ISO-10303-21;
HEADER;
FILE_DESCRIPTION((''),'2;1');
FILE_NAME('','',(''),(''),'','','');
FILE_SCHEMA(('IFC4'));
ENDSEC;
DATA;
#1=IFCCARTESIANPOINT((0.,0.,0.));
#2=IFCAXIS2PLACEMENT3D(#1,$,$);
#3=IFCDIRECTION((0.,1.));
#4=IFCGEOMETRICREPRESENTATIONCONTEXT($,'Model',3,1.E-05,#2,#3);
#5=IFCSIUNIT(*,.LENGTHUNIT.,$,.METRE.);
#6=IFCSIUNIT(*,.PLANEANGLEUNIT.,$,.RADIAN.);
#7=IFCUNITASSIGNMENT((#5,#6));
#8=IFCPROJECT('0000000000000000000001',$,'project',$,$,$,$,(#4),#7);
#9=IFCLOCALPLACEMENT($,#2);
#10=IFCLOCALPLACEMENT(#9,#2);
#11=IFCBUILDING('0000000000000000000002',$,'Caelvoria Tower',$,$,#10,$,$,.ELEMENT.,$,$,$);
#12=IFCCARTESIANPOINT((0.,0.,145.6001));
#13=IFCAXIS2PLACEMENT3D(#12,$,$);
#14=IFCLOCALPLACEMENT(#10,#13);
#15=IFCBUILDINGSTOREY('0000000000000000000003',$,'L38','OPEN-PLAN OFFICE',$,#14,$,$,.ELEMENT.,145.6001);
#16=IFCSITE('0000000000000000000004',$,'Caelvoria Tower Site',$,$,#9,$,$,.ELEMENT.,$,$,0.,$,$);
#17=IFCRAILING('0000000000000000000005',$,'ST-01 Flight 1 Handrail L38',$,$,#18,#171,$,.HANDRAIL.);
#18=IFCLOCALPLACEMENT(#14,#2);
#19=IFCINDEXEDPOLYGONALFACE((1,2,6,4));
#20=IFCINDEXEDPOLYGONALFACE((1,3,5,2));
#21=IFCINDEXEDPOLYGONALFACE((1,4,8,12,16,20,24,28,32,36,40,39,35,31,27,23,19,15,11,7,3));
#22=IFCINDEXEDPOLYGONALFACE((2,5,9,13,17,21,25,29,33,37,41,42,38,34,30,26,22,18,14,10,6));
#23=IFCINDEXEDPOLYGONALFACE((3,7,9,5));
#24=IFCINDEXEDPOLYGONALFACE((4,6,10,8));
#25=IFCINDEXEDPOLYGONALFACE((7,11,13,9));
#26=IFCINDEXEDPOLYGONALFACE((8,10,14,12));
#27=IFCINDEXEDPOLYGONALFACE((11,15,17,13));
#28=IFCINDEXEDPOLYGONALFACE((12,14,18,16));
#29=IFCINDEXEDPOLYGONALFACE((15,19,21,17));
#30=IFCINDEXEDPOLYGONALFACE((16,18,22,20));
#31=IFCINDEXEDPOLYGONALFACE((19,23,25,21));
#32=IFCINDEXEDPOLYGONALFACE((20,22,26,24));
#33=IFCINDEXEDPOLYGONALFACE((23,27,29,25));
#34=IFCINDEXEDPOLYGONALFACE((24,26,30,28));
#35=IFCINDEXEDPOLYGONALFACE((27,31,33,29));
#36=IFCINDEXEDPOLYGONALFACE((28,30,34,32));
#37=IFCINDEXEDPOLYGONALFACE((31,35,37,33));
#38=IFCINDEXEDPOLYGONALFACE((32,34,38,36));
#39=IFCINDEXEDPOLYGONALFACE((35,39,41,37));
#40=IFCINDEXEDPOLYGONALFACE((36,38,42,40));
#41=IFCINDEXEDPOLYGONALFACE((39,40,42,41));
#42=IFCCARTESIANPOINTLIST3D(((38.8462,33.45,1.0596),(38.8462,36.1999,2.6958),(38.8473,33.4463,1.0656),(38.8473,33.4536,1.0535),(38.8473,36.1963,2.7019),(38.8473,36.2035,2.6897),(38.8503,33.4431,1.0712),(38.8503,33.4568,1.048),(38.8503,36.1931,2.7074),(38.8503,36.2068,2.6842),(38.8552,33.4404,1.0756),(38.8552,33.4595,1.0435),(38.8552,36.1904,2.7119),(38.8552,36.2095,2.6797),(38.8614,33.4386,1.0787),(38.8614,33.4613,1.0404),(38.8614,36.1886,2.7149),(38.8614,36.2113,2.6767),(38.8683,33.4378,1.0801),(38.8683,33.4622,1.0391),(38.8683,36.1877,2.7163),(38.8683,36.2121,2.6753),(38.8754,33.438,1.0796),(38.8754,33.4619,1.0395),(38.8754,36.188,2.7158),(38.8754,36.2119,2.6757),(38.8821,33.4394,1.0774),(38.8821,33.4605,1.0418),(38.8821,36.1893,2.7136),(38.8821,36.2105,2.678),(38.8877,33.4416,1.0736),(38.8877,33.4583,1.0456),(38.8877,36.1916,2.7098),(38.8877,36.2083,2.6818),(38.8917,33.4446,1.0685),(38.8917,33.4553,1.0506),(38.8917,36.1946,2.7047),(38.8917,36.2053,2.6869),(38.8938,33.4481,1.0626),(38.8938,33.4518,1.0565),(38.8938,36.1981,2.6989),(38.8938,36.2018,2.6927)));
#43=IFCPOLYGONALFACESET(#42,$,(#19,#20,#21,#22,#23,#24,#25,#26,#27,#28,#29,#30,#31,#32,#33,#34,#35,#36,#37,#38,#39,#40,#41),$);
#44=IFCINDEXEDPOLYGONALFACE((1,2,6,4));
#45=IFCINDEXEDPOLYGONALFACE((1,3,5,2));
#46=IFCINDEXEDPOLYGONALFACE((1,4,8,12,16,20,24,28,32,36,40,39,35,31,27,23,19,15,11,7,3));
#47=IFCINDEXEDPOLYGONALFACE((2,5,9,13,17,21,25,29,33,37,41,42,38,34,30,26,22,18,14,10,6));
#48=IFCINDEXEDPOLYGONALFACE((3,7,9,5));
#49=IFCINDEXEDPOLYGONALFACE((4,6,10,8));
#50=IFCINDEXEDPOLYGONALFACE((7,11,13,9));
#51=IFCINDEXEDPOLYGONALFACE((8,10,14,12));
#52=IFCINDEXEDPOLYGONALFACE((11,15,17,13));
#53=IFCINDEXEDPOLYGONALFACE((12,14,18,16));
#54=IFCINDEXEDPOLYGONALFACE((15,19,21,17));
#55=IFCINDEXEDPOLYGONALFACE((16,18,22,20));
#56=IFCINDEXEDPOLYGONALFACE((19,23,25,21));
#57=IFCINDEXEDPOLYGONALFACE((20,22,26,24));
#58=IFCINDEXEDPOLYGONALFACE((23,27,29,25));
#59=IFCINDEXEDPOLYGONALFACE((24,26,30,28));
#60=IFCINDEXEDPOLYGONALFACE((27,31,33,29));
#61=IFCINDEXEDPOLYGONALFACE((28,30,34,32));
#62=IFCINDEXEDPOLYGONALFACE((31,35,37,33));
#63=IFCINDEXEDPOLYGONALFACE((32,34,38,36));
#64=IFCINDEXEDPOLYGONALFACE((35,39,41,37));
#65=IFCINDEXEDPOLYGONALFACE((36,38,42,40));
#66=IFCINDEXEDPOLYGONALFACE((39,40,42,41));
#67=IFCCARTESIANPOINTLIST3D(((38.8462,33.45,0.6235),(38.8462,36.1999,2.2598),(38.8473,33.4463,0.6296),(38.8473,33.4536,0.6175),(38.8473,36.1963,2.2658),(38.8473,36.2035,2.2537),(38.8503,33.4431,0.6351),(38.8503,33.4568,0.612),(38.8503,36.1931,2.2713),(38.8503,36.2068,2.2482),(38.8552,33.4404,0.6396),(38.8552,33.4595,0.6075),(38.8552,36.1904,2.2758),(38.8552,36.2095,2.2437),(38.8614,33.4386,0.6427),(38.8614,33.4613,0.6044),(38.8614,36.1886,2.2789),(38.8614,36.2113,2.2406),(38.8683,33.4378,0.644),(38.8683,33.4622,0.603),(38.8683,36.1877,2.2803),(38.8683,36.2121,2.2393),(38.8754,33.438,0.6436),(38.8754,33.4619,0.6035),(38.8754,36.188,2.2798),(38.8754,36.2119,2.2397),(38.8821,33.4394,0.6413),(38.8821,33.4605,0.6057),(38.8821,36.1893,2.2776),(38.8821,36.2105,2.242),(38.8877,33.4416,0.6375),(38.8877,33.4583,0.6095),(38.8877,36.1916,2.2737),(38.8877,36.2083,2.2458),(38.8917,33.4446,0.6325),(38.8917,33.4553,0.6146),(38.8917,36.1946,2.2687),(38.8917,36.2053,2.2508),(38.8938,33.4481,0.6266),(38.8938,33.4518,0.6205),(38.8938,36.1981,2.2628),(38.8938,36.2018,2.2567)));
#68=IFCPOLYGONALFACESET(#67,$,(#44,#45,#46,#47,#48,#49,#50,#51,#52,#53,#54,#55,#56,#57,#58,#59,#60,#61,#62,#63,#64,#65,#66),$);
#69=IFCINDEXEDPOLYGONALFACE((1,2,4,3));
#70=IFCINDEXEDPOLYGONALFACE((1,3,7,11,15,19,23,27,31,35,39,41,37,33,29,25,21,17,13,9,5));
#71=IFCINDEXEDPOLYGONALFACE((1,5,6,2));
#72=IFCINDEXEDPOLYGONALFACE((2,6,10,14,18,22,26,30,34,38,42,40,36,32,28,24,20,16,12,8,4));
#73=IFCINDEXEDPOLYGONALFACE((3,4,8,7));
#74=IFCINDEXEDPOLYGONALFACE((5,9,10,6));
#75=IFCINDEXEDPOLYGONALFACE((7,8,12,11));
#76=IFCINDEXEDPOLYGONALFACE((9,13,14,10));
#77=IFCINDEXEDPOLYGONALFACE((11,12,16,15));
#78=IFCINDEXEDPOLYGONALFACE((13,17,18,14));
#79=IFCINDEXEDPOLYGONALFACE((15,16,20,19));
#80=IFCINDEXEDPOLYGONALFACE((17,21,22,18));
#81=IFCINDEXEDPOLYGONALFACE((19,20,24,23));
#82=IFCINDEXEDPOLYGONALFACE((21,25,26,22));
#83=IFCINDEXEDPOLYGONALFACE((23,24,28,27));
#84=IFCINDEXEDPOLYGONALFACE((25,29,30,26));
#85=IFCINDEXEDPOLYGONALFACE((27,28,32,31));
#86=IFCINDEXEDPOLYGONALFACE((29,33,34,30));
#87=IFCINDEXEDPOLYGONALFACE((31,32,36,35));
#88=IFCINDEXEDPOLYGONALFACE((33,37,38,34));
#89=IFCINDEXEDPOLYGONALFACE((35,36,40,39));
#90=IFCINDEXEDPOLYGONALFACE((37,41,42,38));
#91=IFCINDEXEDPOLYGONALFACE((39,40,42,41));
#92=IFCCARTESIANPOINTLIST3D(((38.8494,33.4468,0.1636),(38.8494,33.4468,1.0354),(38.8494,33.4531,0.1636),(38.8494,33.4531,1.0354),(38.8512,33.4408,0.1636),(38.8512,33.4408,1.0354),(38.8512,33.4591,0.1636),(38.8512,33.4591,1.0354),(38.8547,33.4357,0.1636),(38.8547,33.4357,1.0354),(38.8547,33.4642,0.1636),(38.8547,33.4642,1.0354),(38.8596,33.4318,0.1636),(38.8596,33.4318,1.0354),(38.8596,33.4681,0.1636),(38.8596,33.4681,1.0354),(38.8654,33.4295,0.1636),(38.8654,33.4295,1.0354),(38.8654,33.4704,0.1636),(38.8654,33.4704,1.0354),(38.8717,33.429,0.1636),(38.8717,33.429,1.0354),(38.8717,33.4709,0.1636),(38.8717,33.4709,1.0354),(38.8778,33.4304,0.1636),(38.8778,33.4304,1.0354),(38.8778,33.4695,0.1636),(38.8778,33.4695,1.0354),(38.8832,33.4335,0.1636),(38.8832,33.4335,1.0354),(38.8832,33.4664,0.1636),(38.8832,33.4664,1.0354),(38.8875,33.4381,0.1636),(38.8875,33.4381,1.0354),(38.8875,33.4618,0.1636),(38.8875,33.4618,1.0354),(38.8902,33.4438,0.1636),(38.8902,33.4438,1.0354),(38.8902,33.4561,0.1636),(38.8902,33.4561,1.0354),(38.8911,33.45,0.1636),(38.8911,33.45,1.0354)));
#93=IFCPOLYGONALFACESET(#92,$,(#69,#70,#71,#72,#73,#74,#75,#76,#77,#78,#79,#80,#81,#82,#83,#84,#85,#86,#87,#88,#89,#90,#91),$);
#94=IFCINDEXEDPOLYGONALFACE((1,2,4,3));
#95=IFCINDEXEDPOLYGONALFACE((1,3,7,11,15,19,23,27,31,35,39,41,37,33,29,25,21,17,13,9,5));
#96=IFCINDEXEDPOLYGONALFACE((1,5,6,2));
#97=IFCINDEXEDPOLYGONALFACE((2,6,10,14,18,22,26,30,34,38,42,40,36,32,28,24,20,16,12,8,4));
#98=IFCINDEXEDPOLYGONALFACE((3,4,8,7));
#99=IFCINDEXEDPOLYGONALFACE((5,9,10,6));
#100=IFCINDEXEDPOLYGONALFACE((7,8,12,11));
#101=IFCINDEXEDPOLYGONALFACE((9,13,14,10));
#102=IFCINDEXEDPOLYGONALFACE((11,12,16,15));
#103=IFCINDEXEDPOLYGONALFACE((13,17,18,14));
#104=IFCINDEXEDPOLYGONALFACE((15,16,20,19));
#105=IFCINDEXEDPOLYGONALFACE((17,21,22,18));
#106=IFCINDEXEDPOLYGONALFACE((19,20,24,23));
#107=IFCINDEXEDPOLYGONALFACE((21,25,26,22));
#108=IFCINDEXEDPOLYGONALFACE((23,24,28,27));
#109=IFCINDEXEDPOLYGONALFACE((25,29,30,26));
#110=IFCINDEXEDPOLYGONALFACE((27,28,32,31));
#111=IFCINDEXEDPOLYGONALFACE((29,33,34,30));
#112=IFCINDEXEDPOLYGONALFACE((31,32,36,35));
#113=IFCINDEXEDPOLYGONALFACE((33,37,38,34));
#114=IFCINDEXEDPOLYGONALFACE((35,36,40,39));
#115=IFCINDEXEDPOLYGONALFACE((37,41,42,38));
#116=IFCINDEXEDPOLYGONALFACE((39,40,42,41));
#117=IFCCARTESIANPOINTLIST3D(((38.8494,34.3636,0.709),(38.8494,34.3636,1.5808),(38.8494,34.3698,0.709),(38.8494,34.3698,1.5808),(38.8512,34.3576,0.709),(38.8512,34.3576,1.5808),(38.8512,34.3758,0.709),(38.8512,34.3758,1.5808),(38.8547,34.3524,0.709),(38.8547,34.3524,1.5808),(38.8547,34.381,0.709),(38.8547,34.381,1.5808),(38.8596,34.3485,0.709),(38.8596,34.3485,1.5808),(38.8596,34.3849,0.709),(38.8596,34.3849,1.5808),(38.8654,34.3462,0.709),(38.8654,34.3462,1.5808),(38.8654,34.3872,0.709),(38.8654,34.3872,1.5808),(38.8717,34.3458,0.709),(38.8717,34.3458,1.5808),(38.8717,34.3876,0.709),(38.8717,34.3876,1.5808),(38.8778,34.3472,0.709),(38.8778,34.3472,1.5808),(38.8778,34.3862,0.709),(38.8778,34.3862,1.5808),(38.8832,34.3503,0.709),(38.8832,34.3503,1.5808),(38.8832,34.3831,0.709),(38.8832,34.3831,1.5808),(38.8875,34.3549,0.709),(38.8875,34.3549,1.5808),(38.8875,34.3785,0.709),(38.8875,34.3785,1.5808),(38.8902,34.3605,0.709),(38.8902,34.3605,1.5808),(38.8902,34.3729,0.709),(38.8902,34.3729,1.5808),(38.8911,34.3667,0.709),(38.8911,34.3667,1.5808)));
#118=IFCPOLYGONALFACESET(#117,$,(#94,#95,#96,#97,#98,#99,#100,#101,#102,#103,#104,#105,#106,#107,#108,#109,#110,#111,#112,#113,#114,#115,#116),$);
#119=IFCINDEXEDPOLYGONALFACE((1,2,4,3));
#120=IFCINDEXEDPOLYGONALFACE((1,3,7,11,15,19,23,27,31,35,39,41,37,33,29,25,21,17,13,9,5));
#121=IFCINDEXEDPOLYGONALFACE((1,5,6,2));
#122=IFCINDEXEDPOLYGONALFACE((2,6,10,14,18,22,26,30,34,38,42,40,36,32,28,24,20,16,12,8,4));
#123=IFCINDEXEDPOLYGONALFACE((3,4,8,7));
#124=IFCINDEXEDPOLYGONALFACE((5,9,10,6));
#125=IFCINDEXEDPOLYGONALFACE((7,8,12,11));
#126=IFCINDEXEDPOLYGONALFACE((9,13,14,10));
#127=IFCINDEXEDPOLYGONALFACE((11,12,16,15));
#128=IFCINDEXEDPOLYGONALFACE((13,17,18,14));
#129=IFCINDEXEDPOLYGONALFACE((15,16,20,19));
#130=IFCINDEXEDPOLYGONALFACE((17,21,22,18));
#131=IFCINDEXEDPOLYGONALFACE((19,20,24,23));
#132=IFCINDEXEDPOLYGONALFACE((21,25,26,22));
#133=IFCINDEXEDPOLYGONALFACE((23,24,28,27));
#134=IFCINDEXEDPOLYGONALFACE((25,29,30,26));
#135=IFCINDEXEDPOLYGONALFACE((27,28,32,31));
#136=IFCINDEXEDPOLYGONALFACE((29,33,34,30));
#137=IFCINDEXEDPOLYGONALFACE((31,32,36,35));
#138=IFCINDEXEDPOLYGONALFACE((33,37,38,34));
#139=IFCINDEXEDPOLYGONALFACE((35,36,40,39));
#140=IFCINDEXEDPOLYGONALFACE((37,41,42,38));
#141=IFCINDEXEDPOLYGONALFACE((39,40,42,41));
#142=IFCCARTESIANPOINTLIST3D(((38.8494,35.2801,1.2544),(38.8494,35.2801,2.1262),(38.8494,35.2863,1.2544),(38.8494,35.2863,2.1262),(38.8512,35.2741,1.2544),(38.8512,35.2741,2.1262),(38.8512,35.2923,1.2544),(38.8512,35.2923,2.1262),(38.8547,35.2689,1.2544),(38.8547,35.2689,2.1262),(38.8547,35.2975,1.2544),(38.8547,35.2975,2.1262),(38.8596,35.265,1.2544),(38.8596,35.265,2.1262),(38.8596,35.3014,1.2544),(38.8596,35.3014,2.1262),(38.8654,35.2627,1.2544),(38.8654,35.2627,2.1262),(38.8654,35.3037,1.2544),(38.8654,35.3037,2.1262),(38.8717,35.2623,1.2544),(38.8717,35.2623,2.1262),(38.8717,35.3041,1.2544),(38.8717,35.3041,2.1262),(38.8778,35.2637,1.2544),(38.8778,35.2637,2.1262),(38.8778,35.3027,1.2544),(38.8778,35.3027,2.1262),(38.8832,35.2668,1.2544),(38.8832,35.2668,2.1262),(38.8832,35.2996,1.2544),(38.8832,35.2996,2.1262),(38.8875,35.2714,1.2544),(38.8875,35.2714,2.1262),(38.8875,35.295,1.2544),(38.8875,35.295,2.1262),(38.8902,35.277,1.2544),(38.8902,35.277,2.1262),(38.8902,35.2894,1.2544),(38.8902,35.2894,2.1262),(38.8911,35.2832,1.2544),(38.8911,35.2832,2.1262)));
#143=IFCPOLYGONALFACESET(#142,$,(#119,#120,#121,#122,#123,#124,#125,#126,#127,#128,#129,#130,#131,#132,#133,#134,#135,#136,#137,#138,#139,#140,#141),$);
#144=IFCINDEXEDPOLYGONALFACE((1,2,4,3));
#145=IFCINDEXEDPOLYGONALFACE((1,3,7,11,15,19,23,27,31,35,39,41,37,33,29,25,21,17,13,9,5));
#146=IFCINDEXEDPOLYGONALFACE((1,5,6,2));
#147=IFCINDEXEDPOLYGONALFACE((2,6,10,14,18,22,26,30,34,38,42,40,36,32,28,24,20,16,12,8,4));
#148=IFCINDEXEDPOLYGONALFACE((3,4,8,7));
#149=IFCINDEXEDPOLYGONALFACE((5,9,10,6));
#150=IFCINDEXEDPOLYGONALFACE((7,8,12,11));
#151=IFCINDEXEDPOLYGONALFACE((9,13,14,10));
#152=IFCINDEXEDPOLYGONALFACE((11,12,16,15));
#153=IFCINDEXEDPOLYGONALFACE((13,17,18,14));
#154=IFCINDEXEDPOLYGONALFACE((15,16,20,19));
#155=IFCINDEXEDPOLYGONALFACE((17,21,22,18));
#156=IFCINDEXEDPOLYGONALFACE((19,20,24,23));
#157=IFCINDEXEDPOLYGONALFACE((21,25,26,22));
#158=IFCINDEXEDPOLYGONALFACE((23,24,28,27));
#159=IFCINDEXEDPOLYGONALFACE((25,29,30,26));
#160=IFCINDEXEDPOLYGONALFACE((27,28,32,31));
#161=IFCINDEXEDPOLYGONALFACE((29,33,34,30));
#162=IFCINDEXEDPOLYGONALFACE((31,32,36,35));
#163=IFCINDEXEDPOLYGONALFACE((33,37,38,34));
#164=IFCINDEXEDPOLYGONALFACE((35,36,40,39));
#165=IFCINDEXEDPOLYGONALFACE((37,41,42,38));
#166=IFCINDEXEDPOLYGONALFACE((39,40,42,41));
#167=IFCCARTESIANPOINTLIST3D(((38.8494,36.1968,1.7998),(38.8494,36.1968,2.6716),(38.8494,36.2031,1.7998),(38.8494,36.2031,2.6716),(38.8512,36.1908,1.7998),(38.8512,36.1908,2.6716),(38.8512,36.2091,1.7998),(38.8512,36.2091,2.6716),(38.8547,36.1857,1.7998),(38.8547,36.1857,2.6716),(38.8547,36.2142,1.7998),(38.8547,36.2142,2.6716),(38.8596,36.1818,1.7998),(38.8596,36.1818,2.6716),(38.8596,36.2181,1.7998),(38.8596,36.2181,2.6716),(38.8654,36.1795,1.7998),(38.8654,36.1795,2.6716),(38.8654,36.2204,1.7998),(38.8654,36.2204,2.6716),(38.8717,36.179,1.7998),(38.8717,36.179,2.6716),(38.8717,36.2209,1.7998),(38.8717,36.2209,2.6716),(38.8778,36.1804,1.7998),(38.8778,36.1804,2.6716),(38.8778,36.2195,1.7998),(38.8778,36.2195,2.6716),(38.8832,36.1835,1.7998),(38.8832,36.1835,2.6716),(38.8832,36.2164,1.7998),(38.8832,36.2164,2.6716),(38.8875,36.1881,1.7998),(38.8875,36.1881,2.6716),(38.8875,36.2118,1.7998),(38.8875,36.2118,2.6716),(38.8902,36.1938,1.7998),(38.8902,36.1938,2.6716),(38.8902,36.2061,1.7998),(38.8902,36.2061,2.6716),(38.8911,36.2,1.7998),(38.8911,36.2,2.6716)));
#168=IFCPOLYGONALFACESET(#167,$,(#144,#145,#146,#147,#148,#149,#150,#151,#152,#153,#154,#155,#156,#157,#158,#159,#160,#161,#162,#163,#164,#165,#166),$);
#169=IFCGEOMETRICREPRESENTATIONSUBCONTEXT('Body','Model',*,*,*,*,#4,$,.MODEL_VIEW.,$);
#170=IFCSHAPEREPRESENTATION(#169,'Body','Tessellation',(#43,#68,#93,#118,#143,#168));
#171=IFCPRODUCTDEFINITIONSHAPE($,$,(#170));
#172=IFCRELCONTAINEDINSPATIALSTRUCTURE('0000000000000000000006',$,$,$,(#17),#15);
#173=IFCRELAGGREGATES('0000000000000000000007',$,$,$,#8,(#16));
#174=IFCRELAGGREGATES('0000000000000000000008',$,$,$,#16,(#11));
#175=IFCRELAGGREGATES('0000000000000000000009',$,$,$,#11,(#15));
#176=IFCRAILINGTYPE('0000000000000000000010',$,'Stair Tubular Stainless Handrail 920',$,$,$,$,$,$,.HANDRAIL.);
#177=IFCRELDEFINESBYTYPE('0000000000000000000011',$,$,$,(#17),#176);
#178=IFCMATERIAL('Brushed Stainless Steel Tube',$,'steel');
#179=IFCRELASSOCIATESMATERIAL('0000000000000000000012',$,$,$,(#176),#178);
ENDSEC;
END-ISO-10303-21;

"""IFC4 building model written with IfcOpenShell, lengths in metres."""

from ifc_helpers import new_model, si_unit, direction, frame, origin, origin_2d, place, context, subcontext, project, spatial, circle, extrude, material, type_object, element, save


model = new_model("IFC4")

# Units and contexts
model_context = context("Model", 3, precision=1e-05, world=origin(), true_north=direction((0.0, 1.0)))
body_context = subcontext(model_context, "Body", "Model", "MODEL_VIEW")
ifc_project = project(units=[si_unit("LENGTHUNIT", "METRE"), si_unit("PLANEANGLEUNIT", "RADIAN")], contexts=[model_context])

# Site, building, storey
site_placement = place(None, origin())
site = spatial("IfcSite", under=ifc_project, at=site_placement, Name="Caelvoria Tower Site", CompositionType="ELEMENT", RefElevation=0.0)
building_placement = place(site_placement, origin())
building = spatial("IfcBuilding", under=site, at=building_placement, Name="Caelvoria Tower", CompositionType="ELEMENT")
storey_placement = place(building_placement, frame((0.0, 0.0, 145.6001)))
storey = spatial("IfcBuildingStorey", under=building, at=storey_placement, Name="L38", Description="OPEN-PLAN OFFICE", CompositionType="ELEMENT", Elevation=145.6001)

# Railing
ifc_material_1 = material(Name="Brushed Stainless Steel Tube", Category="steel")
railing_type_1 = type_object("IfcRailingType", Name="Stair Tubular Stainless Handrail 920", PredefinedType="HANDRAIL", material=ifc_material_1)
railing_1_placement = place(storey_placement, frame((38.8701, 33.45, 0.1636)))
element("IfcRailing", 1, at=railing_1_placement, inside=storey, type_object=railing_type_1, Name="ST-01 Flight 1 Handrail L38", PredefinedType="HANDRAIL", context=body_context, shape_type="SweptSolid", body=[
    extrude(circle(Radius=0.0239, at=origin_2d()), frame((0.0, 0.0, 0.896), z_axis=(0.0, 0.859385, 0.511328), x_axis=(-1.0, 0.0, 0.0)), (0.0, 0.0, 1.0), 3.2),
    extrude(circle(Radius=0.0239, at=origin_2d()), frame((0.0, 0.0, 0.46), z_axis=(0.0, 0.859385, 0.511328), x_axis=(-1.0, 0.0, 0.0)), (0.0, 0.0, 1.0), 3.2),
    extrude(circle(Radius=0.021, at=origin_2d()), origin(), (0.0, 0.0, 1.0), 0.8718),
    extrude(circle(Radius=0.021, at=origin_2d()), frame((0.0, 0.9167, 0.5454)), (0.0, 0.0, 1.0), 0.8718),
    extrude(circle(Radius=0.021, at=origin_2d()), frame((0.0, 1.8333, 1.0908)), (0.0, 0.0, 1.0), 0.8718),
    extrude(circle(Radius=0.021, at=origin_2d()), frame((0.0, 2.75, 1.6362)), (0.0, 0.0, 1.0), 0.8718),
])

save(model, "model.ifc")
